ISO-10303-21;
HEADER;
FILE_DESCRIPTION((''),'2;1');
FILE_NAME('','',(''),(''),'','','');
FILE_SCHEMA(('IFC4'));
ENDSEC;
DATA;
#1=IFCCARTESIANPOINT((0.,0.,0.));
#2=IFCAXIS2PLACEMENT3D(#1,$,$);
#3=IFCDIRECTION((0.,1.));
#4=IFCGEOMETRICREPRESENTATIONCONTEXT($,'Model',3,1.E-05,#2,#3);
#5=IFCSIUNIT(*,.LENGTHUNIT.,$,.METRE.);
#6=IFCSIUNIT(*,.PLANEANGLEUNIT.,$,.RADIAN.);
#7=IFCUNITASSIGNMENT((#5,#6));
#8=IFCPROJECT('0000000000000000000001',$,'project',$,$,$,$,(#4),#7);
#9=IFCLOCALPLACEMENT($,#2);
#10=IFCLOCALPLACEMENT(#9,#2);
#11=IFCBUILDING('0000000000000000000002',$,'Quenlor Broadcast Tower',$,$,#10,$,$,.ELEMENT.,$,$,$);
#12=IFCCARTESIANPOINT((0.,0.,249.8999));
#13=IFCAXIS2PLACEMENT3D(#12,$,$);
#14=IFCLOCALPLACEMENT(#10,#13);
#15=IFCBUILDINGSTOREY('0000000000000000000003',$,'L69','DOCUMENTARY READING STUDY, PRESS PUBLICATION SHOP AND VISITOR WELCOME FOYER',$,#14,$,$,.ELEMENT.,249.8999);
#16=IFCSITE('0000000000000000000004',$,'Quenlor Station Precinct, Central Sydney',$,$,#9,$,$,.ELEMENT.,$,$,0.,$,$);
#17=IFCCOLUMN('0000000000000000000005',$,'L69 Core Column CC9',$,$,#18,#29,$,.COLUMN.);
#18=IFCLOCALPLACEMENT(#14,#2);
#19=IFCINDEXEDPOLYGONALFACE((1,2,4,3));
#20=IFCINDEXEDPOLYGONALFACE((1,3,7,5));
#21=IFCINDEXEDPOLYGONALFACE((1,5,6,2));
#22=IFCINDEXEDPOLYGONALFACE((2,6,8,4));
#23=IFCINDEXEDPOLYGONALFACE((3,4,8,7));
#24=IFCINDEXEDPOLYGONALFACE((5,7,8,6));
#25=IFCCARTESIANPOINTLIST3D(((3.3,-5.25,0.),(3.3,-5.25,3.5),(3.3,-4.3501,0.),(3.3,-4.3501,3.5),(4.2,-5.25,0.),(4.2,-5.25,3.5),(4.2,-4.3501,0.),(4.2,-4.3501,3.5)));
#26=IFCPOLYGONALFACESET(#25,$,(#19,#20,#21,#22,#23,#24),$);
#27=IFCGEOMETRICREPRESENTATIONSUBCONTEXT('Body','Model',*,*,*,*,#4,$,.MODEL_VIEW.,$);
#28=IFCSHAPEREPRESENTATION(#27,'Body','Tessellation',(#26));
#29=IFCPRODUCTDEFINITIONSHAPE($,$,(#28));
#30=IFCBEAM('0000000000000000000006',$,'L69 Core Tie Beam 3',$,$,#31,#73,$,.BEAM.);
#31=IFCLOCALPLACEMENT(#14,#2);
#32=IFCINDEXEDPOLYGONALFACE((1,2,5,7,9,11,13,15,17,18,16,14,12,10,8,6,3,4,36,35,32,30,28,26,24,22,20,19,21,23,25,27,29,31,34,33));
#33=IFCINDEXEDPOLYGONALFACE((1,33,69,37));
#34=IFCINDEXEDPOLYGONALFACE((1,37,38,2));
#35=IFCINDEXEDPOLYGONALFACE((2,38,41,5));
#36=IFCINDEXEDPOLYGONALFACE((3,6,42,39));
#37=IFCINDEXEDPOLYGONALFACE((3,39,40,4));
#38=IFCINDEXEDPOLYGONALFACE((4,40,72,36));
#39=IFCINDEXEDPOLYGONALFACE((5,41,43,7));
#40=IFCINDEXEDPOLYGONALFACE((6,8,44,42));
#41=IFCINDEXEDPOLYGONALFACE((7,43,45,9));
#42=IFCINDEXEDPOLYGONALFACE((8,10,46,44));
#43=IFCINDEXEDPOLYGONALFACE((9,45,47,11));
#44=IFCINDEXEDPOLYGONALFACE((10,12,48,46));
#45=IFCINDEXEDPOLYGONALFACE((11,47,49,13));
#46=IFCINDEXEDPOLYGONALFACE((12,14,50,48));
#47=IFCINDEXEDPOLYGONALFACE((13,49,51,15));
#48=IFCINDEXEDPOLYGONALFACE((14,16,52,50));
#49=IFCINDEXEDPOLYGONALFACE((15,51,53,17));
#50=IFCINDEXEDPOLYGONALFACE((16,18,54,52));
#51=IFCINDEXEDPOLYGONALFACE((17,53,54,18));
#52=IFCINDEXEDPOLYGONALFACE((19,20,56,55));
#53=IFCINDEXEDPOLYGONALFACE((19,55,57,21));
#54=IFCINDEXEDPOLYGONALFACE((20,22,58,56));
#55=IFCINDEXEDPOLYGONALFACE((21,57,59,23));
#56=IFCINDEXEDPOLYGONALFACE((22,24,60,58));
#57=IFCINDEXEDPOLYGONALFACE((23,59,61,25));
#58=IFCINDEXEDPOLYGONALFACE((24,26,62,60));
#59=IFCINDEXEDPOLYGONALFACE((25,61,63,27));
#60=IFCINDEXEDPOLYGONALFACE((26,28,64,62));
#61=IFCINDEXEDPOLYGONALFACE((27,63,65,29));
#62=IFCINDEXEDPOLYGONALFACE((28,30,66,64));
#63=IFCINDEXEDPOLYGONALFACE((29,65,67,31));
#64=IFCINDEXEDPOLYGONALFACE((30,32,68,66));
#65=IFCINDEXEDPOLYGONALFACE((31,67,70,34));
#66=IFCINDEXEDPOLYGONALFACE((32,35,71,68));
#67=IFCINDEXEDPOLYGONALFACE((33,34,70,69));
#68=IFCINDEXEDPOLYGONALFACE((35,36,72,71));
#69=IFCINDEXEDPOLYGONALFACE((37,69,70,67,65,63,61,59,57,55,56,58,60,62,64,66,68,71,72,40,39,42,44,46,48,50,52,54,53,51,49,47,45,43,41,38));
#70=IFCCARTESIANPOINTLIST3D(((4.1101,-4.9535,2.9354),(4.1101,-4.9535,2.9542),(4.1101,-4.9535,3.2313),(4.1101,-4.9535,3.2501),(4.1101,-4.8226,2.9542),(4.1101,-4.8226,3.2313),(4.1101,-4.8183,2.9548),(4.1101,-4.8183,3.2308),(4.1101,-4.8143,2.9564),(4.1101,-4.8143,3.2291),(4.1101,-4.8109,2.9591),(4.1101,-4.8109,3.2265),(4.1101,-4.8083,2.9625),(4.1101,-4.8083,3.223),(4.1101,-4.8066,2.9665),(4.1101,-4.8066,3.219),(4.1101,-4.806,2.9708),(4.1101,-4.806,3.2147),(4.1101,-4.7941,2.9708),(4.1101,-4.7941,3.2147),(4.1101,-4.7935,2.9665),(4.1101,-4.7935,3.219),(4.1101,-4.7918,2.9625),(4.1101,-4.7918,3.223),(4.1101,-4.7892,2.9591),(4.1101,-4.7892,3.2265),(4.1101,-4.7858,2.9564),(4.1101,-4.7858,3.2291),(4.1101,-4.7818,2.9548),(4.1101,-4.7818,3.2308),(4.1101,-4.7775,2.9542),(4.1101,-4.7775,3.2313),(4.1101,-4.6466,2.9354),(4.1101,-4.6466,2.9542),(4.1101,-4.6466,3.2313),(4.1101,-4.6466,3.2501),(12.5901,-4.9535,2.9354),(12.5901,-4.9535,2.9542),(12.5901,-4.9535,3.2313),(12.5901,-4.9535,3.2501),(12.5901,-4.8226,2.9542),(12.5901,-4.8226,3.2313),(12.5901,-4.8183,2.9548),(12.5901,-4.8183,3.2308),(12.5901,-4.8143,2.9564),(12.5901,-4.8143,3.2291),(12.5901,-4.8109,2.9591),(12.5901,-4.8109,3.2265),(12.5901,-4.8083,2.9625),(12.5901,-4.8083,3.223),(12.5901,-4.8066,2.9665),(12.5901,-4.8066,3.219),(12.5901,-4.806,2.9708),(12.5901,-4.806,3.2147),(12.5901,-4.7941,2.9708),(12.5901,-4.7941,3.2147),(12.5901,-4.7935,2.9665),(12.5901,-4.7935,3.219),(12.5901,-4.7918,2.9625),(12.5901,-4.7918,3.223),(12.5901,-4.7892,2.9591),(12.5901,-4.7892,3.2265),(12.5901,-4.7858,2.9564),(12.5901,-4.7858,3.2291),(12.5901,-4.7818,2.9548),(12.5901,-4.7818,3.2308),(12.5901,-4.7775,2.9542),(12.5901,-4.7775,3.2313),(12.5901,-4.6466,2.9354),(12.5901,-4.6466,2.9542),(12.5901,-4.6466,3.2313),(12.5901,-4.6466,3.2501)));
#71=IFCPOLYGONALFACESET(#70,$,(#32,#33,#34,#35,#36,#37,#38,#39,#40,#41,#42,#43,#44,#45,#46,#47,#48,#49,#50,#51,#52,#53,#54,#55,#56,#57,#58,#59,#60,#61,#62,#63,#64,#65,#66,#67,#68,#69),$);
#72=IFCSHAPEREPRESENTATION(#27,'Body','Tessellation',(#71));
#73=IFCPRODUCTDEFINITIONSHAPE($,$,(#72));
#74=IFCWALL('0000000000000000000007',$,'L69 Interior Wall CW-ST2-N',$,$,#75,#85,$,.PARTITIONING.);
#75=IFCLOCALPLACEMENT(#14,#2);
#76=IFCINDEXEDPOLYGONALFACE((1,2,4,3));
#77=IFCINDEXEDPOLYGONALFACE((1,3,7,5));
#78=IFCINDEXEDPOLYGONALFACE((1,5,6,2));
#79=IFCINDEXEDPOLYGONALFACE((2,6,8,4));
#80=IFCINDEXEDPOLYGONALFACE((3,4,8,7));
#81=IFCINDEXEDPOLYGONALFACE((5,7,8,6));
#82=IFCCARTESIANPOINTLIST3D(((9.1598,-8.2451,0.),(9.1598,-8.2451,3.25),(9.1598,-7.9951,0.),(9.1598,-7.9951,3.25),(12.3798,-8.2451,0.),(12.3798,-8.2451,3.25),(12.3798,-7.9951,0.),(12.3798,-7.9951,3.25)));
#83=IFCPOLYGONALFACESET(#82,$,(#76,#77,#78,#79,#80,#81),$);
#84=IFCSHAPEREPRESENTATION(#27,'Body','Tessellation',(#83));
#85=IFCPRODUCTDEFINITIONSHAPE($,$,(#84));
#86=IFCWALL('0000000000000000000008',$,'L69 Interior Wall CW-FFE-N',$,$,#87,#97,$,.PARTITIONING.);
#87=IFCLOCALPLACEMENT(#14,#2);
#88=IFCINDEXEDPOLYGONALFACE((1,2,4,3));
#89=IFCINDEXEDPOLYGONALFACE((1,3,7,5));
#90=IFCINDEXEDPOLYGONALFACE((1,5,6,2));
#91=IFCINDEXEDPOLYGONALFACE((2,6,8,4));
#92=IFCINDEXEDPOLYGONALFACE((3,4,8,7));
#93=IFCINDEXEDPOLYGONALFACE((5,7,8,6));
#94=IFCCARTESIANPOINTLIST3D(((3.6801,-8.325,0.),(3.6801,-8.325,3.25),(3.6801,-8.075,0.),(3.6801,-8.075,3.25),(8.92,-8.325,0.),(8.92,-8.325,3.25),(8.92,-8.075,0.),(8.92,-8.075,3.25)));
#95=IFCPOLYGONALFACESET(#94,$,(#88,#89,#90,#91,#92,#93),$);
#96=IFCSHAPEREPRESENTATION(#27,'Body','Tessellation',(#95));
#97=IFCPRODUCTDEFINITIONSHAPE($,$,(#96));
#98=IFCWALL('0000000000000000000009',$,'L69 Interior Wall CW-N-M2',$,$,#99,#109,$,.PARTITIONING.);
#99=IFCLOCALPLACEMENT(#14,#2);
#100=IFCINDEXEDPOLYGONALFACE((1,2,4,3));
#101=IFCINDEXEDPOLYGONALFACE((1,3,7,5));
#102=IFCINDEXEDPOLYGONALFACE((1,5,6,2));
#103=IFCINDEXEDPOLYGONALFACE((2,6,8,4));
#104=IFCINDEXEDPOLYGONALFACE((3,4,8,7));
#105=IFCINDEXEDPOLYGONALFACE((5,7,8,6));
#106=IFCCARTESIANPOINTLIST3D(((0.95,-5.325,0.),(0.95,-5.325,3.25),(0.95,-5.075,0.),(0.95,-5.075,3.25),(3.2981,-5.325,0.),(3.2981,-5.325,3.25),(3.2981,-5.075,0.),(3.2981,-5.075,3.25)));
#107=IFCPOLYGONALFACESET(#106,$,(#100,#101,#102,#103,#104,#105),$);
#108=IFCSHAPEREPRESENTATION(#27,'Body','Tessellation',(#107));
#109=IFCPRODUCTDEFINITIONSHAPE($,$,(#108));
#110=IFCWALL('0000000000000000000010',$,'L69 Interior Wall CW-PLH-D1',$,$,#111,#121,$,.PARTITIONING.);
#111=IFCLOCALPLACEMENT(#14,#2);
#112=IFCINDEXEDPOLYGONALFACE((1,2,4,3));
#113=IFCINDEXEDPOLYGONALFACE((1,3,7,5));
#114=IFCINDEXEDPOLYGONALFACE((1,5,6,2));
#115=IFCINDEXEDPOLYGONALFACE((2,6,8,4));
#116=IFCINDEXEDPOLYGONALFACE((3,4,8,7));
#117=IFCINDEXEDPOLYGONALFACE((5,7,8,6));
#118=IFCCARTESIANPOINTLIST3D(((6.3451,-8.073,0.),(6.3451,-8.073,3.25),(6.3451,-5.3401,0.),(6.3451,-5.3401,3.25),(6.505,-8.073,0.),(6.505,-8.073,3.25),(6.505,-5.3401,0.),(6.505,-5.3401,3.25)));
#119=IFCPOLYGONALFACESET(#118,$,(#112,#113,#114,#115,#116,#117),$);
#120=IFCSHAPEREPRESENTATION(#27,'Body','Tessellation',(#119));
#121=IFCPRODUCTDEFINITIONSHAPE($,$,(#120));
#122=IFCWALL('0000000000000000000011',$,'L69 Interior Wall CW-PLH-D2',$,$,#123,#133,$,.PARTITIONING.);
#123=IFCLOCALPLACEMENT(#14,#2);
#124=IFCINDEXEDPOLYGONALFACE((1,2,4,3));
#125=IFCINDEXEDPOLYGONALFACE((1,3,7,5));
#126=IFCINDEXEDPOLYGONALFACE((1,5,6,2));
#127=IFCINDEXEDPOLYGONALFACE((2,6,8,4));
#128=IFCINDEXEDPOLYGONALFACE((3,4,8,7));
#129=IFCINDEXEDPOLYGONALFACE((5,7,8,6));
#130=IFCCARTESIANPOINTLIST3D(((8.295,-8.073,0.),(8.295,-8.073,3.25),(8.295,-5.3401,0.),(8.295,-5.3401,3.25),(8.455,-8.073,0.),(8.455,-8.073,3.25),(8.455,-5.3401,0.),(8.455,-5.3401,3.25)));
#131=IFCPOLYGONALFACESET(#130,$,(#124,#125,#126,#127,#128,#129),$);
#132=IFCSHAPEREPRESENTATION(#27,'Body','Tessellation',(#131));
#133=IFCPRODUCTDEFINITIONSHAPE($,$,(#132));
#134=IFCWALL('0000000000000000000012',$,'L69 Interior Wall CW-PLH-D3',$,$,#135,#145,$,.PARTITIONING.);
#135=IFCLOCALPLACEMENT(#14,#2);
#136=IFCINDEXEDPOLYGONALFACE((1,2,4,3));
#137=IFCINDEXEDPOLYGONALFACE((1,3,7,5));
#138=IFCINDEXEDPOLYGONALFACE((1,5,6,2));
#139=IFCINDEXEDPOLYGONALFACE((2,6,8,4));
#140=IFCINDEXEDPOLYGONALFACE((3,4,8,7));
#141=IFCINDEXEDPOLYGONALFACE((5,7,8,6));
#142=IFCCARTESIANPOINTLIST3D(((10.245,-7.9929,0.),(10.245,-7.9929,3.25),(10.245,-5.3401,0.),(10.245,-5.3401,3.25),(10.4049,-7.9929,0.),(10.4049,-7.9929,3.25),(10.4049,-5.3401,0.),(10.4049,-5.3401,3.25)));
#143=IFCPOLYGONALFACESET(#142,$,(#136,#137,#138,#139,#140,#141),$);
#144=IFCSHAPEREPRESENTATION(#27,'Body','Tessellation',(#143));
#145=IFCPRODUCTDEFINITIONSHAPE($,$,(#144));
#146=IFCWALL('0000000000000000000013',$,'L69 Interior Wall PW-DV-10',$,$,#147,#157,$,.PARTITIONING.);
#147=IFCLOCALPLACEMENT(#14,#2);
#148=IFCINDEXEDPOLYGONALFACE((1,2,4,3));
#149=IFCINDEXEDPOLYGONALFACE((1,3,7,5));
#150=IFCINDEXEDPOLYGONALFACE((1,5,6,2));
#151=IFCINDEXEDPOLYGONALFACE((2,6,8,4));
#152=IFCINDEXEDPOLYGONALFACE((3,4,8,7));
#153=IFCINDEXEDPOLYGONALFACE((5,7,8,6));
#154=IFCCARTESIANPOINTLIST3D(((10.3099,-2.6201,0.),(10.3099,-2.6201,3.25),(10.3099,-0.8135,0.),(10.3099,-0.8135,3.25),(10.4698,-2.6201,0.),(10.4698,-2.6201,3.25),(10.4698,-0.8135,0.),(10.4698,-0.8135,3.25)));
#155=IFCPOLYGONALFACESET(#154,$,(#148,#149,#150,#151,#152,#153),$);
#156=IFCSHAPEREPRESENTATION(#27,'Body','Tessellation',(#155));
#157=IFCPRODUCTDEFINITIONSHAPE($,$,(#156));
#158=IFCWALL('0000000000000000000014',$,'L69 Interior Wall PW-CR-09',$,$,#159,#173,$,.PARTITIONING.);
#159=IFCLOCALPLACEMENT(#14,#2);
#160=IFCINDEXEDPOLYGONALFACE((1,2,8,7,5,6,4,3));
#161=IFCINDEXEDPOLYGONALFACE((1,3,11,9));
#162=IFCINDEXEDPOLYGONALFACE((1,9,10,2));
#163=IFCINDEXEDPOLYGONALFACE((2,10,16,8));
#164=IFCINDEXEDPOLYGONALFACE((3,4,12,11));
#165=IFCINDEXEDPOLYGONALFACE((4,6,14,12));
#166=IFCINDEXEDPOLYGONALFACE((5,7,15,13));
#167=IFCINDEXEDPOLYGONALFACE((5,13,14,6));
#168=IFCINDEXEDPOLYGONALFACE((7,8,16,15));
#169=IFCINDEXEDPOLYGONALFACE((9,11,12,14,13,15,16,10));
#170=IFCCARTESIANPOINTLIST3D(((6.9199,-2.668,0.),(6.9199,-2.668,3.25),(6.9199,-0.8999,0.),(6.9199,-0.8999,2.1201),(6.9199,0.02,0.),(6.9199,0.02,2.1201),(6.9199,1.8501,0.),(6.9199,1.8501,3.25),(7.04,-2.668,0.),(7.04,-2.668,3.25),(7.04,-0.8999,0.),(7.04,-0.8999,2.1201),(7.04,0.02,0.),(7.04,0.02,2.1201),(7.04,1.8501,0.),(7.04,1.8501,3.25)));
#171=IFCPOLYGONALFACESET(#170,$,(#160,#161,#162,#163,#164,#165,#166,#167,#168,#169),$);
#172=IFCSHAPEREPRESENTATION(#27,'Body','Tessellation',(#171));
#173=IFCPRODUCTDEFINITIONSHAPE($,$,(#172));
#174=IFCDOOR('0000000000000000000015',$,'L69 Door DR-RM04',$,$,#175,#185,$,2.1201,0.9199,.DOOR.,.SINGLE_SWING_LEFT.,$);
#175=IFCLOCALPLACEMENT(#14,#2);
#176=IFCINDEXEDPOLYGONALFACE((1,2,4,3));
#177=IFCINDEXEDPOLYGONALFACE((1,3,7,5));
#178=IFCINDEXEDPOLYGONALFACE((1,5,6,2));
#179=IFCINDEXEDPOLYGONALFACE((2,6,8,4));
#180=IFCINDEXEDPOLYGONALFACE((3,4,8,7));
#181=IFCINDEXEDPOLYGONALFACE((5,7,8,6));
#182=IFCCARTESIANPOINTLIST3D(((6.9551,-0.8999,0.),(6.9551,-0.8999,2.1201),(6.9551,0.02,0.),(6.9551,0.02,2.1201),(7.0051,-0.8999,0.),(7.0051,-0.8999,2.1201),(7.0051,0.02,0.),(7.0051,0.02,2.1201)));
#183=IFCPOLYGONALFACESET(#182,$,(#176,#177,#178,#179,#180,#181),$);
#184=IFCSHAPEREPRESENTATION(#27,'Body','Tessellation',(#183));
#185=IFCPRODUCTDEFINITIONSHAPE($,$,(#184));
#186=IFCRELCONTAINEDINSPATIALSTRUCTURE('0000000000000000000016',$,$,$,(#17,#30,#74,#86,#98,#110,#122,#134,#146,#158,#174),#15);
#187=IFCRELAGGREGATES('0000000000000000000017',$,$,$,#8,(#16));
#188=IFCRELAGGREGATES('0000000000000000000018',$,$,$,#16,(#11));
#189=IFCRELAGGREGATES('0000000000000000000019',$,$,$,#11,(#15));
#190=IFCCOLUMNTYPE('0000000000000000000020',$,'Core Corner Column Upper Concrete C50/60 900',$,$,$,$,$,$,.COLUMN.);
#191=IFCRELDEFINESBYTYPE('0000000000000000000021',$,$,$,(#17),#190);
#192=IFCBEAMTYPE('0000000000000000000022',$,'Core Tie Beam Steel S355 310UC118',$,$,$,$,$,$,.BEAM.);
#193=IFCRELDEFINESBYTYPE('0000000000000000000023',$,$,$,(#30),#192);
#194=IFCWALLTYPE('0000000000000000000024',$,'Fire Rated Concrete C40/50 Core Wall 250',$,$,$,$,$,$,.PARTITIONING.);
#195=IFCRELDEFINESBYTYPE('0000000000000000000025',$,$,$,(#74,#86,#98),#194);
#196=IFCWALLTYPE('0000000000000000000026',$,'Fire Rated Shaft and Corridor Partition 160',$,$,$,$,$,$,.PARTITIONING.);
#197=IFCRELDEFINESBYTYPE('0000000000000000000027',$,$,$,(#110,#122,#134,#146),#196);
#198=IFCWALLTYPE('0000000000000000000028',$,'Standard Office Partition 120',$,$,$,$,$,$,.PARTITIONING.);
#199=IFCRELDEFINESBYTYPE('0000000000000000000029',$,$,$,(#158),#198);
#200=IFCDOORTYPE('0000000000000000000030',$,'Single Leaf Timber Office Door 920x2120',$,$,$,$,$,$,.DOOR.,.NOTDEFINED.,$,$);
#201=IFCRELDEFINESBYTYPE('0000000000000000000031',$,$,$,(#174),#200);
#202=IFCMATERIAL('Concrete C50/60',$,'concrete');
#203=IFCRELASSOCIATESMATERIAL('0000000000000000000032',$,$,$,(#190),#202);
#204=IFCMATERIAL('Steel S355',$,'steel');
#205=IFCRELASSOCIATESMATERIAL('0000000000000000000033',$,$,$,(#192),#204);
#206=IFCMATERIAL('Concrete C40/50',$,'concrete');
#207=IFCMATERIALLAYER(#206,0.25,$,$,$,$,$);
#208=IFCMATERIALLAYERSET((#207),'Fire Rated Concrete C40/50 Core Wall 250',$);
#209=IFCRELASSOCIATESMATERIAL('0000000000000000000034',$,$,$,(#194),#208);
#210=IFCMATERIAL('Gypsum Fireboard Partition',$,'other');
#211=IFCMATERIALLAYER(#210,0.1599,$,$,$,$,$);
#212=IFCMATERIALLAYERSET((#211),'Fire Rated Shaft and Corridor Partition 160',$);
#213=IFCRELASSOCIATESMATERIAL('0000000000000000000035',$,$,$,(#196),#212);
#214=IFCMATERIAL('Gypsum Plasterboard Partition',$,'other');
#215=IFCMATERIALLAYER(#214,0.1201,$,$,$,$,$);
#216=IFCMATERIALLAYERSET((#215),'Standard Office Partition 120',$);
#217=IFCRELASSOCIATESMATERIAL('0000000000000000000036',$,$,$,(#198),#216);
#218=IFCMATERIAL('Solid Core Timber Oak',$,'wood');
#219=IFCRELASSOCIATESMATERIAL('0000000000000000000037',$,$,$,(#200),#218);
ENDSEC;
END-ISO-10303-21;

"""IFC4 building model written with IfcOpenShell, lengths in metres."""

from ifc_helpers import new_model, si_unit, direction, frame, frame_2d, origin, origin_2d, place, context, subcontext, project, spatial, rectangle, i_section, extrude, material, layer, layer_set, material_profile, profile_set, type_object, element, fill, save


model = new_model("IFC4")

# Units and contexts
model_context = context("Model", 3, precision=1e-05, world=origin(), true_north=direction((0.0, 1.0)))
body_context = subcontext(model_context, "Body", "Model", "MODEL_VIEW")
ifc_project = project(units=[si_unit("LENGTHUNIT", "METRE"), si_unit("PLANEANGLEUNIT", "RADIAN")], contexts=[model_context])

# Site, building, storey
site_placement = place(None, origin())
site = spatial("IfcSite", under=ifc_project, at=site_placement, Name="Quenlor Station Precinct, Central Sydney", CompositionType="ELEMENT", RefElevation=0.0)
building_placement = place(site_placement, origin())
building = spatial("IfcBuilding", under=site, at=building_placement, Name="Quenlor Broadcast Tower", CompositionType="ELEMENT")
storey_placement = place(building_placement, frame((0.0, 0.0, 249.8999)))
storey = spatial("IfcBuildingStorey", under=building, at=storey_placement, Name="L69", Description="DOCUMENTARY READING STUDY, PRESS PUBLICATION SHOP AND VISITOR WELCOME FOYER", CompositionType="ELEMENT", Elevation=249.8999)

# Column
ifc_material_1 = material(Name="Concrete C50/60", Category="concrete")
ifc_material_profile_1 = material_profile(ifc_material_1, rectangle(XDim=0.8999, YDim=0.8999, at=origin_2d()))
ifc_profile_set_1 = profile_set([ifc_material_profile_1], Name="Concrete C50/60 RC900x900")
column_type = type_object("IfcColumnType", Name="Core Corner Column Upper Concrete C50/60 900", PredefinedType="COLUMN", material=ifc_profile_set_1)
column_placement = place(storey_placement, frame((3.75, -4.8, 0.0), z_axis=(0.0, 0.0, 1.0), x_axis=(1.0, 0.0, 0.0)))
element("IfcColumn", 1, at=column_placement, inside=storey, type_object=column_type, Name="L69 Core Column CC9", PredefinedType="COLUMN", context=body_context, shape_type="SweptSolid", body=[
    extrude(rectangle(XDim=0.8999, YDim=0.8999, at=origin_2d()), origin(), (0.0, 0.0, 1.0), 3.5),
])

# Beam
ifc_material_2 = material(Name="Steel S355", Category="steel")
ifc_material_profile_2 = material_profile(ifc_material_2, i_section(OverallWidth=0.3069, OverallDepth=0.3147, WebThickness=0.012, FlangeThickness=0.0188, FilletRadius=0.0166, at=origin_2d()))
ifc_profile_set_2 = profile_set([ifc_material_profile_2], Name="Steel S355 310UC118")
beam_type = type_object("IfcBeamType", Name="Core Tie Beam Steel S355 310UC118", PredefinedType="BEAM", material=ifc_profile_set_2)
beam_placement = place(storey_placement, frame((4.1101, -4.8, 3.0928), z_axis=(1.0, 0.0, 0.0), x_axis=(0.0, 1.0, 0.0)))
element("IfcBeam", 2, at=beam_placement, inside=storey, type_object=beam_type, Name="L69 Core Tie Beam 3", PredefinedType="BEAM", context=body_context, shape_type="SweptSolid", body=[
    extrude(i_section(OverallWidth=0.3069, OverallDepth=0.3147, WebThickness=0.012, FlangeThickness=0.0188, FilletRadius=0.0166, at=origin_2d()), origin(), (0.0, 0.0, 1.0), 8.48),
])

# Walls
ifc_material_3 = material(Name="Concrete C40/50", Category="concrete")
ifc_layer_1 = layer(ifc_material_3, 0.25)
ifc_layer_set_1 = layer_set([ifc_layer_1], Name="Fire Rated Concrete C40/50 Core Wall 250")
wall_type_1 = type_object("IfcWallType", Name="Fire Rated Concrete C40/50 Core Wall 250", PredefinedType="PARTITIONING", material=ifc_layer_set_1)
wall_1_placement = place(storey_placement, frame((9.1599, -8.1201, 0.0), z_axis=(0.0, 0.0, 1.0), x_axis=(1.0, 0.0, 0.0)))
element("IfcWall", 3, at=wall_1_placement, inside=storey, type_object=wall_type_1, Name="L69 Interior Wall CW-ST2-N", PredefinedType="PARTITIONING", context=body_context, shape_type="SweptSolid", body=[
    extrude(rectangle(XDim=3.22, YDim=0.25, at=frame_2d((1.6099, 0.0))), origin(), (0.0, 0.0, 1.0), 3.25),
])
wall_2_placement = place(storey_placement, frame((3.6799, -8.2, 0.0), z_axis=(0.0, 0.0, 1.0), x_axis=(1.0, 0.0, 0.0)))
element("IfcWall", 4, at=wall_2_placement, inside=storey, type_object=wall_type_1, Name="L69 Interior Wall CW-FFE-N", PredefinedType="PARTITIONING", context=body_context, shape_type="SweptSolid", body=[
    extrude(rectangle(XDim=5.24, YDim=0.25, at=frame_2d((2.6201, 0.0))), origin(), (0.0, 0.0, 1.0), 3.25),
])

# Walls
wall_3_placement = place(storey_placement, frame((0.95, -5.2, 0.0), z_axis=(0.0, 0.0, 1.0), x_axis=(1.0, 0.0, 0.0)))
element("IfcWall", 5, at=wall_3_placement, inside=storey, type_object=wall_type_1, Name="L69 Interior Wall CW-N-M2", PredefinedType="PARTITIONING", context=body_context, shape_type="SweptSolid", body=[
    extrude(rectangle(XDim=2.3481, YDim=0.25, at=frame_2d((1.1741, 0.0))), origin(), (0.0, 0.0, 1.0), 3.25),
])
ifc_material_4 = material(Name="Gypsum Fireboard Partition", Category="other")
ifc_layer_2 = layer(ifc_material_4, 0.1599)
ifc_layer_set_2 = layer_set([ifc_layer_2], Name="Fire Rated Shaft and Corridor Partition 160")
wall_type_2 = type_object("IfcWallType", Name="Fire Rated Shaft and Corridor Partition 160", PredefinedType="PARTITIONING", material=ifc_layer_set_2)
for number, where, z_axis, x_axis, name in (
    (6, (6.425, -8.073, 0.0), (0.0, 0.0, 1.0), (0.0, 1.0, 0.0), "L69 Interior Wall CW-PLH-D1"),
    (7, (8.375, -8.073, 0.0), (0.0, 0.0, 1.0), (0.0, 1.0, 0.0), "L69 Interior Wall CW-PLH-D2"),
):
    element("IfcWall", number, at=place(storey_placement, frame(where, z_axis=z_axis, x_axis=x_axis)), inside=storey, type_object=wall_type_2, Name=name, PredefinedType="PARTITIONING", context=body_context, shape_type="SweptSolid", body=[
        extrude(rectangle(XDim=2.7329, YDim=0.1599, at=frame_2d((1.3665, 0.0))), origin(), (0.0, 0.0, 1.0), 3.25),
    ])
wall_4_placement = place(storey_placement, frame((10.325, -7.9929, 0.0), z_axis=(0.0, 0.0, 1.0), x_axis=(0.0, 1.0, 0.0)))
element("IfcWall", 8, at=wall_4_placement, inside=storey, type_object=wall_type_2, Name="L69 Interior Wall CW-PLH-D3", PredefinedType="PARTITIONING", context=body_context, shape_type="SweptSolid", body=[
    extrude(rectangle(XDim=2.6528, YDim=0.1599, at=frame_2d((1.3264, 0.0))), origin(), (0.0, 0.0, 1.0), 3.25),
])
wall_5_placement = place(storey_placement, frame((10.3899, -0.8135, 0.0), z_axis=(0.0, 0.0, 1.0), x_axis=(0.0, -1.0, 0.0)))
element("IfcWall", 9, at=wall_5_placement, inside=storey, type_object=wall_type_2, Name="L69 Interior Wall PW-DV-10", PredefinedType="PARTITIONING", context=body_context, shape_type="SweptSolid", body=[
    extrude(rectangle(XDim=1.8066, YDim=0.1599, at=frame_2d((0.9033, 0.0))), origin(), (0.0, 0.0, 1.0), 3.25),
])

# Wall, opening, door
ifc_material_5 = material(Name="Gypsum Plasterboard Partition", Category="other")
ifc_layer_3 = layer(ifc_material_5, 0.1201)
ifc_layer_set_3 = layer_set([ifc_layer_3], Name="Standard Office Partition 120")
wall_type_3 = type_object("IfcWallType", Name="Standard Office Partition 120", PredefinedType="PARTITIONING", material=ifc_layer_set_3)
wall_6_placement = place(storey_placement, frame((6.98, -2.668, 0.0), z_axis=(0.0, 0.0, 1.0), x_axis=(0.0, 1.0, 0.0)))
wall_6 = element("IfcWall", 10, at=wall_6_placement, inside=storey, type_object=wall_type_3, Name="L69 Interior Wall PW-CR-09", PredefinedType="PARTITIONING", context=body_context, shape_type="SweptSolid", body=[
    extrude(rectangle(XDim=4.5181, YDim=0.1201, at=frame_2d((2.259, 0.0))), origin(), (0.0, 0.0, 1.0), 3.25),
])
opening_1_placement = place(wall_6_placement, frame((1.7681, 0.0, 0.0)))
opening_1 = element("IfcOpeningElement", 11, at=opening_1_placement, cuts=wall_6, PredefinedType="OPENING", context=body_context, shape_type="SweptSolid", body=[
    extrude(rectangle(XDim=0.9199, YDim=2.1201, at=frame_2d((0.46, 1.0601))), frame((0.0, 0.0701, 0.0), z_axis=(0.0, -1.0, 0.0), x_axis=(1.0, 0.0, 0.0)), (0.0, 0.0, 1.0), 0.1401),
])
ifc_material_6 = material(Name="Solid Core Timber Oak", Category="wood")
door_type_1 = type_object("IfcDoorType", Name="Single Leaf Timber Office Door 920x2120", OperationType="NOTDEFINED", PredefinedType="DOOR", material=ifc_material_6)
door_1_placement = place(opening_1_placement, origin())
door_1 = element("IfcDoor", 12, at=door_1_placement, inside=storey, type_object=door_type_1, Name="L69 Door DR-RM04", OperationType="SINGLE_SWING_LEFT", OverallHeight=2.1201, OverallWidth=0.9199, PredefinedType="DOOR", context=body_context, shape_type="SweptSolid", body=[
    extrude(rectangle(XDim=0.9199, YDim=2.1201, at=frame_2d((0.46, 1.0601))), frame((0.0, 0.0249, 0.0), z_axis=(0.0, -1.0, 0.0), x_axis=(1.0, 0.0, 0.0)), (0.0, 0.0, 1.0), 0.05),
])
fill(opening_1, door_1)

save(model, "model.ifc")
